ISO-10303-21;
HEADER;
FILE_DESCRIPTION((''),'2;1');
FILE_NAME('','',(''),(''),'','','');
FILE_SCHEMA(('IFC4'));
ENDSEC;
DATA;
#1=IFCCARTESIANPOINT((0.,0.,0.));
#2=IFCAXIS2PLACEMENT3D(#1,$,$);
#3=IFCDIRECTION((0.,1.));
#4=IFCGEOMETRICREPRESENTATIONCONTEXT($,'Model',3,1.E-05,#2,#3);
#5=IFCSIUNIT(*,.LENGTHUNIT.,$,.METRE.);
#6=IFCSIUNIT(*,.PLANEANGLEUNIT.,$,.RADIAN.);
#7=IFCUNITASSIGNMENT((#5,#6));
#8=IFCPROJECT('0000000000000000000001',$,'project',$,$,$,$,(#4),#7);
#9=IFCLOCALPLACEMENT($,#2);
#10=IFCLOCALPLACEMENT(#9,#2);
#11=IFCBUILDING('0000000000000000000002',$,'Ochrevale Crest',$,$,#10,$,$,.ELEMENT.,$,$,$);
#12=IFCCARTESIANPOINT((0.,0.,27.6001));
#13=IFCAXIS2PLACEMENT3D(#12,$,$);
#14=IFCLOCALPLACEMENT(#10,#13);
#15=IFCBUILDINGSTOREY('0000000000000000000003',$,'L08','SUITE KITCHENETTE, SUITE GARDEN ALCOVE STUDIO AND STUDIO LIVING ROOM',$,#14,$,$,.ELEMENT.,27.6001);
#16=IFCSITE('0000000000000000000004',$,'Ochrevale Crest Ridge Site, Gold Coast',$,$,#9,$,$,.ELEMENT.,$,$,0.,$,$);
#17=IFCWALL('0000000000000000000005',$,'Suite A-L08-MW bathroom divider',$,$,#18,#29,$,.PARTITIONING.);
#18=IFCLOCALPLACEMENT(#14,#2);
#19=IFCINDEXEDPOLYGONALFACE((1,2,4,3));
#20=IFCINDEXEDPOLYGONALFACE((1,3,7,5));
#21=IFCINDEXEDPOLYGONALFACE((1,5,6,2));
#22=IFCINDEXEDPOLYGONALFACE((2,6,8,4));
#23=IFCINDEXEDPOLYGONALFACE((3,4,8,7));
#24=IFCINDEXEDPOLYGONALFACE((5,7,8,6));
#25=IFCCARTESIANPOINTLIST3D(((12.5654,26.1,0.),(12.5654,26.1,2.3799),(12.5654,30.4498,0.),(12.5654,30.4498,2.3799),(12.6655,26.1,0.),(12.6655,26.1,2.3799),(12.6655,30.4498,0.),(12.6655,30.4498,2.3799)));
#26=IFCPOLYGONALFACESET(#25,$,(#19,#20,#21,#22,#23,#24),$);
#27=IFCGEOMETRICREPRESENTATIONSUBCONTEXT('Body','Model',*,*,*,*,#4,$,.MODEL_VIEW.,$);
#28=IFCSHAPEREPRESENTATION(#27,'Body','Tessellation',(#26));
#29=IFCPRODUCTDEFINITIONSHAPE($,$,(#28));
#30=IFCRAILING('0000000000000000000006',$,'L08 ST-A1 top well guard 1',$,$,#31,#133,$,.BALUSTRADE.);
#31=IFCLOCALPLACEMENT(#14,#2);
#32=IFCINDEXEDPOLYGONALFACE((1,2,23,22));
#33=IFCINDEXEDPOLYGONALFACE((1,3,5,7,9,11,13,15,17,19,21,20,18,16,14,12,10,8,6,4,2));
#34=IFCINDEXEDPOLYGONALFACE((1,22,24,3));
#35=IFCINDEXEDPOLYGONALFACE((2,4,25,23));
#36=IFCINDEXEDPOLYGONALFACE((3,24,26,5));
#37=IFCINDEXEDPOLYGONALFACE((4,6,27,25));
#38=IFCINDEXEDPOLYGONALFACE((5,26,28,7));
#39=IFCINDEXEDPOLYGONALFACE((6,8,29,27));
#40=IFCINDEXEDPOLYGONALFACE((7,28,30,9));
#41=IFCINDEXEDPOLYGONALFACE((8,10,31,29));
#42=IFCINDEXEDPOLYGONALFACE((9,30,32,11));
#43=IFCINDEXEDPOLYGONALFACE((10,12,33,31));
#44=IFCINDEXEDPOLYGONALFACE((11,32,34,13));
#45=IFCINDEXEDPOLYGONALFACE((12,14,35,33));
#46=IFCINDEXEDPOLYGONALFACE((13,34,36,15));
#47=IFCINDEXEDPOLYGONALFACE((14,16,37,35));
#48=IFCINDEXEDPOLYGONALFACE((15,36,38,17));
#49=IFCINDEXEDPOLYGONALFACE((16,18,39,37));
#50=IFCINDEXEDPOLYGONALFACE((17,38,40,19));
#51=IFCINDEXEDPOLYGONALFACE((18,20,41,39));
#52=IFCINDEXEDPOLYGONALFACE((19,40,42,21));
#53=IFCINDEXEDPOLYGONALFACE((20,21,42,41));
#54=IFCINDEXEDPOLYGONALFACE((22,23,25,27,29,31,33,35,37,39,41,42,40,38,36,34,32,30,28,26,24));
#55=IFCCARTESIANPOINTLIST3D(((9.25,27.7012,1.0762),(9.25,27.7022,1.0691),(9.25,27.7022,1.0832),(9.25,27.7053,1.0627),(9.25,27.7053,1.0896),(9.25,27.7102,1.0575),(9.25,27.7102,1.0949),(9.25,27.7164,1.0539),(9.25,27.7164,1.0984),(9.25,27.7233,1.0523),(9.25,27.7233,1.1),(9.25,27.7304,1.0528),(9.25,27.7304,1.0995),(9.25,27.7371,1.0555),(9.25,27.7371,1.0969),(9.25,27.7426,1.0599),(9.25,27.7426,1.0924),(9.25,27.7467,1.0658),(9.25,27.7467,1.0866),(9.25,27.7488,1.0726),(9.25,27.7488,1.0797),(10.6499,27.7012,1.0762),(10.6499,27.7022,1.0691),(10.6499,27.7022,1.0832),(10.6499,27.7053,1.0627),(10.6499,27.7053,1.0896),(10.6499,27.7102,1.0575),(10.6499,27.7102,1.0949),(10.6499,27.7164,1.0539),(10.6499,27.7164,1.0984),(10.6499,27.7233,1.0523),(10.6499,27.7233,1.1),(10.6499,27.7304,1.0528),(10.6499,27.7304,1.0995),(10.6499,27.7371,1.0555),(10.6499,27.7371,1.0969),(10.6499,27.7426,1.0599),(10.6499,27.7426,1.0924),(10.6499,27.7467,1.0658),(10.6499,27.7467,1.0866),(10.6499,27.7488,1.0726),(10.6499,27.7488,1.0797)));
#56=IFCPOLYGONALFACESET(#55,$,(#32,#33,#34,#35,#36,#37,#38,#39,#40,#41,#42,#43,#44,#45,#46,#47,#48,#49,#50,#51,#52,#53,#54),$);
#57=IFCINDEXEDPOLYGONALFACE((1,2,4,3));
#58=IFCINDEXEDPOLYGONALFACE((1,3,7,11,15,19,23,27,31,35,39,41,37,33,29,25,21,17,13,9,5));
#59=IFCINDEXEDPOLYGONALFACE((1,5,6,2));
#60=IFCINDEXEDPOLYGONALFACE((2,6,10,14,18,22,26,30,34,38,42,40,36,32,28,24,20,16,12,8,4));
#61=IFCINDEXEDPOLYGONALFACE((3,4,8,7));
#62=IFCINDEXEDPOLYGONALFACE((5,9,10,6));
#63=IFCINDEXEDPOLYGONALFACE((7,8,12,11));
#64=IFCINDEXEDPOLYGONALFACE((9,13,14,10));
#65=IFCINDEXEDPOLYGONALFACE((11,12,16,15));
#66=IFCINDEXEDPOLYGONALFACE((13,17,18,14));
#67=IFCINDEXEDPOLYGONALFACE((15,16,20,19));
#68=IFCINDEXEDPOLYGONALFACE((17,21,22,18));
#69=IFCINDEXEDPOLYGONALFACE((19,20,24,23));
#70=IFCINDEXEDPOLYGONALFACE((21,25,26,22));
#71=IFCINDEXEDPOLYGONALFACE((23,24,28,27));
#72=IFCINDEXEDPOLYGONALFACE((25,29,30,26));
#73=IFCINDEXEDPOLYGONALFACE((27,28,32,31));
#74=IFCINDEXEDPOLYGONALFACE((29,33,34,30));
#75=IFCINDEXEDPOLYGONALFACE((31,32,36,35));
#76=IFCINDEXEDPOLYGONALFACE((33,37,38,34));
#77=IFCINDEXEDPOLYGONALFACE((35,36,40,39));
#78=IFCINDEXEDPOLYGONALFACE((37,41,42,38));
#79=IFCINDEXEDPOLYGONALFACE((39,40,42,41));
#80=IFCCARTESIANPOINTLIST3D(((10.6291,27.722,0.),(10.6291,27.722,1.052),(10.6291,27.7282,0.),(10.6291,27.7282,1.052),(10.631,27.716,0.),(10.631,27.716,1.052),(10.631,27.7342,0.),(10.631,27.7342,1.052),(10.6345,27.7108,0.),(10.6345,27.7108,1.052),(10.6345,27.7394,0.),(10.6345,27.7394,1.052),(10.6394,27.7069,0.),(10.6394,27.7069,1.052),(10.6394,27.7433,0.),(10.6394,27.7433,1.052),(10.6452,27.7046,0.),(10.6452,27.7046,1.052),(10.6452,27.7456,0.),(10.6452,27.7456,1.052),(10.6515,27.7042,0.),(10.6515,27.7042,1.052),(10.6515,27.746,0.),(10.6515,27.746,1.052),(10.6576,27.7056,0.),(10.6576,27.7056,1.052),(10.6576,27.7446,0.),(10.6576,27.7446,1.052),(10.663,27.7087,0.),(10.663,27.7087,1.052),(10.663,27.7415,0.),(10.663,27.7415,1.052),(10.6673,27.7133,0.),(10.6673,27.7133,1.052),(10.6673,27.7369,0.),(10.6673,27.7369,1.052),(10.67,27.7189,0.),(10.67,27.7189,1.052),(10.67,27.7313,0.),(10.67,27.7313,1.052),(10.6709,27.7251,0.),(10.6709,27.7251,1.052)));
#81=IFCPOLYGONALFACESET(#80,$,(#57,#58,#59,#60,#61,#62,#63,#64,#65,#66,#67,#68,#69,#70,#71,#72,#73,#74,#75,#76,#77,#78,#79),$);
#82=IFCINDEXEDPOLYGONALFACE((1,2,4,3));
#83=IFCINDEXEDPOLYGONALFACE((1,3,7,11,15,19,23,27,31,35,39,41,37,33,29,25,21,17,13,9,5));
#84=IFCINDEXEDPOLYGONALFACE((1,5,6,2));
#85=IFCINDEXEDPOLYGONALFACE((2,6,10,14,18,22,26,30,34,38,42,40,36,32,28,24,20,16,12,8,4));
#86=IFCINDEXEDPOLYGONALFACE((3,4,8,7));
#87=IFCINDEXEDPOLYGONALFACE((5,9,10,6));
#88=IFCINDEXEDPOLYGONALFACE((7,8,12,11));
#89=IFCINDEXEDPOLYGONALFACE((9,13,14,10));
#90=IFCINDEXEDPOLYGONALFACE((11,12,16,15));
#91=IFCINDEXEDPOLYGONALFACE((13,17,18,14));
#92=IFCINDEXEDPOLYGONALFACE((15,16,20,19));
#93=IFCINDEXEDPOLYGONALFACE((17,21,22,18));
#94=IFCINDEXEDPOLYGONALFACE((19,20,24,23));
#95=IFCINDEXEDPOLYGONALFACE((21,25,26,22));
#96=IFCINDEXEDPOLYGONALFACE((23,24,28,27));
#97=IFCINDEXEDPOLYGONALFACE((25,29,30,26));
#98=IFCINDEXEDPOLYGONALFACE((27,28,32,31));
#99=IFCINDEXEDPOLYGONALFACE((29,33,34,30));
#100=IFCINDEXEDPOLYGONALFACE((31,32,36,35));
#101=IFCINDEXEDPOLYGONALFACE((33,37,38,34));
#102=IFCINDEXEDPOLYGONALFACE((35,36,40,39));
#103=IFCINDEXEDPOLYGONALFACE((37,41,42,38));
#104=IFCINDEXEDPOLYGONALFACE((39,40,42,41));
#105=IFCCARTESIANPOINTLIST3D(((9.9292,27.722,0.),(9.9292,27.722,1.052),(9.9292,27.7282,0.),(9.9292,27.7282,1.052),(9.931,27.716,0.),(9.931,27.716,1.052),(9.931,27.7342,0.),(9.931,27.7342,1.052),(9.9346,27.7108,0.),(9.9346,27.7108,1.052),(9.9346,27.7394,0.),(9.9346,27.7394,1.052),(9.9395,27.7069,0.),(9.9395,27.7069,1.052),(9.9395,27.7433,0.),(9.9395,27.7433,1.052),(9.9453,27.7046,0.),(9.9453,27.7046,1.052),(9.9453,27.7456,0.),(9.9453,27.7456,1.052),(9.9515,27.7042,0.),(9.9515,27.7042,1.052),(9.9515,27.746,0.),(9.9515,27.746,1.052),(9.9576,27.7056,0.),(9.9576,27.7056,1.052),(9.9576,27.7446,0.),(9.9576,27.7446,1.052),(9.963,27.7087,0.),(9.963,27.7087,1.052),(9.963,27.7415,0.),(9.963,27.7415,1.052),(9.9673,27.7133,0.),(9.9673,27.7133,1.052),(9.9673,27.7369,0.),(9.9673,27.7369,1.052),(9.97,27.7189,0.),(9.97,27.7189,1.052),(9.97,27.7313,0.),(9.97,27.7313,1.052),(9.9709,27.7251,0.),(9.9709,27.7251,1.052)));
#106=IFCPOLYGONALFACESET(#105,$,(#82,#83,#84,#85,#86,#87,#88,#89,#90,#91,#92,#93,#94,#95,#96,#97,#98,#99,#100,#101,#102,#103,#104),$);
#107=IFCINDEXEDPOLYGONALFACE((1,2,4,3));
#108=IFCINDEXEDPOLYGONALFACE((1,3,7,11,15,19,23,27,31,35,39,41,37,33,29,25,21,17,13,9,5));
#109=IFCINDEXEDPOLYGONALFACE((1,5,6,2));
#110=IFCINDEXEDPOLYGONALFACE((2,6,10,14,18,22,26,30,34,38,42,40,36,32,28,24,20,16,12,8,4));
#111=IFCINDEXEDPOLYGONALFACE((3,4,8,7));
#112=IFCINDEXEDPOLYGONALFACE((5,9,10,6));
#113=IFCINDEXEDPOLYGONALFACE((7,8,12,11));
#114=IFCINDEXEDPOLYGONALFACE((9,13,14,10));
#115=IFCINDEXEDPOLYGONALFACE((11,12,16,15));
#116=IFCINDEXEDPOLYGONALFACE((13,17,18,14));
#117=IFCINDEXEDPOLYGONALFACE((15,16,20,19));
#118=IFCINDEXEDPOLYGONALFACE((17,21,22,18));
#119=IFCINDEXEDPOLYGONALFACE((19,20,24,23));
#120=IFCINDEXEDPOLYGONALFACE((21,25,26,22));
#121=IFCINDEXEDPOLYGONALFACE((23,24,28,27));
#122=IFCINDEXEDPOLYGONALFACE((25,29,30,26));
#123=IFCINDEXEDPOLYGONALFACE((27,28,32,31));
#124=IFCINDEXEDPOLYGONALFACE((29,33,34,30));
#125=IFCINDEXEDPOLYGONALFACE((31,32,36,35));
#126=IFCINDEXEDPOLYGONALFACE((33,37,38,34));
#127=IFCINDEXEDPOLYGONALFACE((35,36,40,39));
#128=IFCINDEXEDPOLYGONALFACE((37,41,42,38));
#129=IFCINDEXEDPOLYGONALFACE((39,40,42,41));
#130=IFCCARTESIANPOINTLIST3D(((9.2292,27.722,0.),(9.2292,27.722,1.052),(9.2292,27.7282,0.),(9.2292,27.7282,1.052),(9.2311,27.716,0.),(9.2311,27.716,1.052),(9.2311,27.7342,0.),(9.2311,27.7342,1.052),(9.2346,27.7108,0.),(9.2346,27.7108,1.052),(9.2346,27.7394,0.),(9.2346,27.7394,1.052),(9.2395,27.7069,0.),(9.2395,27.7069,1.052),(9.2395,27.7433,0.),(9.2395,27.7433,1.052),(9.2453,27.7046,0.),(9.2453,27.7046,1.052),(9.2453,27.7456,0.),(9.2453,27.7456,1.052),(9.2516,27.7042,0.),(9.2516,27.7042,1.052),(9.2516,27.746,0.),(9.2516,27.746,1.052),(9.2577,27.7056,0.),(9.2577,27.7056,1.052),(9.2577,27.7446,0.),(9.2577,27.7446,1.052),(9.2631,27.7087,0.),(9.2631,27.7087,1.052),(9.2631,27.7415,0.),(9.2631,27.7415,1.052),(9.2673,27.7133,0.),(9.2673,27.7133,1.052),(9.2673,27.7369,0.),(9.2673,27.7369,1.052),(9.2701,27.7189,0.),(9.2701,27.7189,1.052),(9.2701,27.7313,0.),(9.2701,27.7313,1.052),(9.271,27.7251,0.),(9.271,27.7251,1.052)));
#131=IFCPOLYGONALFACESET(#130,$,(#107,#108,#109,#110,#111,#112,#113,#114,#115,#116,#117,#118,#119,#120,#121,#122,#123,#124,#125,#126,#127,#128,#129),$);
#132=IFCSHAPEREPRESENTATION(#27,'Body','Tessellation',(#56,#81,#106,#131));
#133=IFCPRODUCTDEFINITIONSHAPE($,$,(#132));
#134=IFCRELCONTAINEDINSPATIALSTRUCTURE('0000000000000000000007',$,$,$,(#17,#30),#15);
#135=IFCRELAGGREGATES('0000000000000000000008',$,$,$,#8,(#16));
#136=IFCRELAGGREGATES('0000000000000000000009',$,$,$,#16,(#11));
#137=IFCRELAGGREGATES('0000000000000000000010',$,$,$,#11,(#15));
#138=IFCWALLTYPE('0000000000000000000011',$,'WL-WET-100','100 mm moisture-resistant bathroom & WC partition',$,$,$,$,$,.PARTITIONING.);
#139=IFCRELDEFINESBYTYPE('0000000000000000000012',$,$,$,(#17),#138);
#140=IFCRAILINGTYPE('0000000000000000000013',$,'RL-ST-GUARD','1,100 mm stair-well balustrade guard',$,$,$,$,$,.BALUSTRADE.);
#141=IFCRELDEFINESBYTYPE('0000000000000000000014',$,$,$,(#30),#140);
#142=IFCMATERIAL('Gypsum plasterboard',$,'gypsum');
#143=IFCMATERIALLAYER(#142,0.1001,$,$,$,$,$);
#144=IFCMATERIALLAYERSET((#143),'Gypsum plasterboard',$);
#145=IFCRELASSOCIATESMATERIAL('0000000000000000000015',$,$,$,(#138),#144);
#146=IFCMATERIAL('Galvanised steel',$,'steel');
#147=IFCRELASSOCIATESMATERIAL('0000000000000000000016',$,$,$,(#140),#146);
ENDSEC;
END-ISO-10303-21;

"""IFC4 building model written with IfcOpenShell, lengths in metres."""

from ifc_helpers import new_model, si_unit, direction, frame, frame_2d, origin, origin_2d, place, context, subcontext, project, spatial, rectangle, circle, extrude, material, layer, layer_set, type_object, element, save


model = new_model("IFC4")

# Units and contexts
model_context = context("Model", 3, precision=1e-05, world=origin(), true_north=direction((0.0, 1.0)))
body_context = subcontext(model_context, "Body", "Model", "MODEL_VIEW")
ifc_project = project(units=[si_unit("LENGTHUNIT", "METRE"), si_unit("PLANEANGLEUNIT", "RADIAN")], contexts=[model_context])

# Site, building, storey
site_placement = place(None, origin())
site = spatial("IfcSite", under=ifc_project, at=site_placement, Name="Ochrevale Crest Ridge Site, Gold Coast", CompositionType="ELEMENT", RefElevation=0.0)
building_placement = place(site_placement, origin())
building = spatial("IfcBuilding", under=site, at=building_placement, Name="Ochrevale Crest", CompositionType="ELEMENT")
storey_placement = place(building_placement, frame((0.0, 0.0, 27.6001)))
storey = spatial("IfcBuildingStorey", under=building, at=storey_placement, Name="L08", Description="SUITE KITCHENETTE, SUITE GARDEN ALCOVE STUDIO AND STUDIO LIVING ROOM", CompositionType="ELEMENT", Elevation=27.6001)

# Shared definitions
ifc_material_1 = material(Name="Gypsum plasterboard", Category="gypsum")

# Wall
ifc_layer_1 = layer(ifc_material_1, 0.1001)
ifc_layer_set_1 = layer_set([ifc_layer_1], Name="Gypsum plasterboard")
wall_type_1 = type_object("IfcWallType", Name="WL-WET-100", Description="100 mm moisture-resistant bathroom & WC partition", PredefinedType="PARTITIONING", material=ifc_layer_set_1)
wall_1_placement = place(storey_placement, frame((12.6155, 26.1001, 0.0), z_axis=(0.0, 0.0, 1.0), x_axis=(0.0, 1.0, 0.0)))
element("IfcWall", 1, at=wall_1_placement, inside=storey, type_object=wall_type_1, Name="Suite A-L08-MW bathroom divider", PredefinedType="PARTITIONING", context=body_context, shape_type="SweptSolid", body=[
    extrude(rectangle(XDim=4.3499, YDim=0.1001, at=frame_2d((2.1748, 0.0))), origin(), (0.0, 0.0, 1.0), 2.3799),
])

# Railing
ifc_material_2 = material(Name="Galvanised steel", Category="steel")
railing_type = type_object("IfcRailingType", Name="RL-ST-GUARD", Description="1,100 mm stair-well balustrade guard", PredefinedType="BALUSTRADE", material=ifc_material_2)
railing_placement = place(storey_placement, frame((10.6499, 27.7251, 0.0)))
element("IfcRailing", 2, at=railing_placement, inside=storey, type_object=railing_type, Name="L08 ST-A1 top well guard 1", PredefinedType="BALUSTRADE", context=body_context, shape_type="SweptSolid", body=[
    extrude(circle(Radius=0.0239, at=origin_2d()), frame((0.0, 0.0, 1.0762), z_axis=(-1.0, 0.0, 0.0), x_axis=(0.0, -1.0, 0.0)), (0.0, 0.0, 1.0), 1.3999),
    extrude(circle(Radius=0.021, at=origin_2d()), origin(), (0.0, 0.0, 1.0), 1.052),
    extrude(circle(Radius=0.021, at=origin_2d()), frame((-0.7, 0.0, 0.0)), (0.0, 0.0, 1.0), 1.052),
    extrude(circle(Radius=0.021, at=origin_2d()), frame((-1.3999, 0.0, 0.0)), (0.0, 0.0, 1.0), 1.052),
])

save(model, "model.ifc")
